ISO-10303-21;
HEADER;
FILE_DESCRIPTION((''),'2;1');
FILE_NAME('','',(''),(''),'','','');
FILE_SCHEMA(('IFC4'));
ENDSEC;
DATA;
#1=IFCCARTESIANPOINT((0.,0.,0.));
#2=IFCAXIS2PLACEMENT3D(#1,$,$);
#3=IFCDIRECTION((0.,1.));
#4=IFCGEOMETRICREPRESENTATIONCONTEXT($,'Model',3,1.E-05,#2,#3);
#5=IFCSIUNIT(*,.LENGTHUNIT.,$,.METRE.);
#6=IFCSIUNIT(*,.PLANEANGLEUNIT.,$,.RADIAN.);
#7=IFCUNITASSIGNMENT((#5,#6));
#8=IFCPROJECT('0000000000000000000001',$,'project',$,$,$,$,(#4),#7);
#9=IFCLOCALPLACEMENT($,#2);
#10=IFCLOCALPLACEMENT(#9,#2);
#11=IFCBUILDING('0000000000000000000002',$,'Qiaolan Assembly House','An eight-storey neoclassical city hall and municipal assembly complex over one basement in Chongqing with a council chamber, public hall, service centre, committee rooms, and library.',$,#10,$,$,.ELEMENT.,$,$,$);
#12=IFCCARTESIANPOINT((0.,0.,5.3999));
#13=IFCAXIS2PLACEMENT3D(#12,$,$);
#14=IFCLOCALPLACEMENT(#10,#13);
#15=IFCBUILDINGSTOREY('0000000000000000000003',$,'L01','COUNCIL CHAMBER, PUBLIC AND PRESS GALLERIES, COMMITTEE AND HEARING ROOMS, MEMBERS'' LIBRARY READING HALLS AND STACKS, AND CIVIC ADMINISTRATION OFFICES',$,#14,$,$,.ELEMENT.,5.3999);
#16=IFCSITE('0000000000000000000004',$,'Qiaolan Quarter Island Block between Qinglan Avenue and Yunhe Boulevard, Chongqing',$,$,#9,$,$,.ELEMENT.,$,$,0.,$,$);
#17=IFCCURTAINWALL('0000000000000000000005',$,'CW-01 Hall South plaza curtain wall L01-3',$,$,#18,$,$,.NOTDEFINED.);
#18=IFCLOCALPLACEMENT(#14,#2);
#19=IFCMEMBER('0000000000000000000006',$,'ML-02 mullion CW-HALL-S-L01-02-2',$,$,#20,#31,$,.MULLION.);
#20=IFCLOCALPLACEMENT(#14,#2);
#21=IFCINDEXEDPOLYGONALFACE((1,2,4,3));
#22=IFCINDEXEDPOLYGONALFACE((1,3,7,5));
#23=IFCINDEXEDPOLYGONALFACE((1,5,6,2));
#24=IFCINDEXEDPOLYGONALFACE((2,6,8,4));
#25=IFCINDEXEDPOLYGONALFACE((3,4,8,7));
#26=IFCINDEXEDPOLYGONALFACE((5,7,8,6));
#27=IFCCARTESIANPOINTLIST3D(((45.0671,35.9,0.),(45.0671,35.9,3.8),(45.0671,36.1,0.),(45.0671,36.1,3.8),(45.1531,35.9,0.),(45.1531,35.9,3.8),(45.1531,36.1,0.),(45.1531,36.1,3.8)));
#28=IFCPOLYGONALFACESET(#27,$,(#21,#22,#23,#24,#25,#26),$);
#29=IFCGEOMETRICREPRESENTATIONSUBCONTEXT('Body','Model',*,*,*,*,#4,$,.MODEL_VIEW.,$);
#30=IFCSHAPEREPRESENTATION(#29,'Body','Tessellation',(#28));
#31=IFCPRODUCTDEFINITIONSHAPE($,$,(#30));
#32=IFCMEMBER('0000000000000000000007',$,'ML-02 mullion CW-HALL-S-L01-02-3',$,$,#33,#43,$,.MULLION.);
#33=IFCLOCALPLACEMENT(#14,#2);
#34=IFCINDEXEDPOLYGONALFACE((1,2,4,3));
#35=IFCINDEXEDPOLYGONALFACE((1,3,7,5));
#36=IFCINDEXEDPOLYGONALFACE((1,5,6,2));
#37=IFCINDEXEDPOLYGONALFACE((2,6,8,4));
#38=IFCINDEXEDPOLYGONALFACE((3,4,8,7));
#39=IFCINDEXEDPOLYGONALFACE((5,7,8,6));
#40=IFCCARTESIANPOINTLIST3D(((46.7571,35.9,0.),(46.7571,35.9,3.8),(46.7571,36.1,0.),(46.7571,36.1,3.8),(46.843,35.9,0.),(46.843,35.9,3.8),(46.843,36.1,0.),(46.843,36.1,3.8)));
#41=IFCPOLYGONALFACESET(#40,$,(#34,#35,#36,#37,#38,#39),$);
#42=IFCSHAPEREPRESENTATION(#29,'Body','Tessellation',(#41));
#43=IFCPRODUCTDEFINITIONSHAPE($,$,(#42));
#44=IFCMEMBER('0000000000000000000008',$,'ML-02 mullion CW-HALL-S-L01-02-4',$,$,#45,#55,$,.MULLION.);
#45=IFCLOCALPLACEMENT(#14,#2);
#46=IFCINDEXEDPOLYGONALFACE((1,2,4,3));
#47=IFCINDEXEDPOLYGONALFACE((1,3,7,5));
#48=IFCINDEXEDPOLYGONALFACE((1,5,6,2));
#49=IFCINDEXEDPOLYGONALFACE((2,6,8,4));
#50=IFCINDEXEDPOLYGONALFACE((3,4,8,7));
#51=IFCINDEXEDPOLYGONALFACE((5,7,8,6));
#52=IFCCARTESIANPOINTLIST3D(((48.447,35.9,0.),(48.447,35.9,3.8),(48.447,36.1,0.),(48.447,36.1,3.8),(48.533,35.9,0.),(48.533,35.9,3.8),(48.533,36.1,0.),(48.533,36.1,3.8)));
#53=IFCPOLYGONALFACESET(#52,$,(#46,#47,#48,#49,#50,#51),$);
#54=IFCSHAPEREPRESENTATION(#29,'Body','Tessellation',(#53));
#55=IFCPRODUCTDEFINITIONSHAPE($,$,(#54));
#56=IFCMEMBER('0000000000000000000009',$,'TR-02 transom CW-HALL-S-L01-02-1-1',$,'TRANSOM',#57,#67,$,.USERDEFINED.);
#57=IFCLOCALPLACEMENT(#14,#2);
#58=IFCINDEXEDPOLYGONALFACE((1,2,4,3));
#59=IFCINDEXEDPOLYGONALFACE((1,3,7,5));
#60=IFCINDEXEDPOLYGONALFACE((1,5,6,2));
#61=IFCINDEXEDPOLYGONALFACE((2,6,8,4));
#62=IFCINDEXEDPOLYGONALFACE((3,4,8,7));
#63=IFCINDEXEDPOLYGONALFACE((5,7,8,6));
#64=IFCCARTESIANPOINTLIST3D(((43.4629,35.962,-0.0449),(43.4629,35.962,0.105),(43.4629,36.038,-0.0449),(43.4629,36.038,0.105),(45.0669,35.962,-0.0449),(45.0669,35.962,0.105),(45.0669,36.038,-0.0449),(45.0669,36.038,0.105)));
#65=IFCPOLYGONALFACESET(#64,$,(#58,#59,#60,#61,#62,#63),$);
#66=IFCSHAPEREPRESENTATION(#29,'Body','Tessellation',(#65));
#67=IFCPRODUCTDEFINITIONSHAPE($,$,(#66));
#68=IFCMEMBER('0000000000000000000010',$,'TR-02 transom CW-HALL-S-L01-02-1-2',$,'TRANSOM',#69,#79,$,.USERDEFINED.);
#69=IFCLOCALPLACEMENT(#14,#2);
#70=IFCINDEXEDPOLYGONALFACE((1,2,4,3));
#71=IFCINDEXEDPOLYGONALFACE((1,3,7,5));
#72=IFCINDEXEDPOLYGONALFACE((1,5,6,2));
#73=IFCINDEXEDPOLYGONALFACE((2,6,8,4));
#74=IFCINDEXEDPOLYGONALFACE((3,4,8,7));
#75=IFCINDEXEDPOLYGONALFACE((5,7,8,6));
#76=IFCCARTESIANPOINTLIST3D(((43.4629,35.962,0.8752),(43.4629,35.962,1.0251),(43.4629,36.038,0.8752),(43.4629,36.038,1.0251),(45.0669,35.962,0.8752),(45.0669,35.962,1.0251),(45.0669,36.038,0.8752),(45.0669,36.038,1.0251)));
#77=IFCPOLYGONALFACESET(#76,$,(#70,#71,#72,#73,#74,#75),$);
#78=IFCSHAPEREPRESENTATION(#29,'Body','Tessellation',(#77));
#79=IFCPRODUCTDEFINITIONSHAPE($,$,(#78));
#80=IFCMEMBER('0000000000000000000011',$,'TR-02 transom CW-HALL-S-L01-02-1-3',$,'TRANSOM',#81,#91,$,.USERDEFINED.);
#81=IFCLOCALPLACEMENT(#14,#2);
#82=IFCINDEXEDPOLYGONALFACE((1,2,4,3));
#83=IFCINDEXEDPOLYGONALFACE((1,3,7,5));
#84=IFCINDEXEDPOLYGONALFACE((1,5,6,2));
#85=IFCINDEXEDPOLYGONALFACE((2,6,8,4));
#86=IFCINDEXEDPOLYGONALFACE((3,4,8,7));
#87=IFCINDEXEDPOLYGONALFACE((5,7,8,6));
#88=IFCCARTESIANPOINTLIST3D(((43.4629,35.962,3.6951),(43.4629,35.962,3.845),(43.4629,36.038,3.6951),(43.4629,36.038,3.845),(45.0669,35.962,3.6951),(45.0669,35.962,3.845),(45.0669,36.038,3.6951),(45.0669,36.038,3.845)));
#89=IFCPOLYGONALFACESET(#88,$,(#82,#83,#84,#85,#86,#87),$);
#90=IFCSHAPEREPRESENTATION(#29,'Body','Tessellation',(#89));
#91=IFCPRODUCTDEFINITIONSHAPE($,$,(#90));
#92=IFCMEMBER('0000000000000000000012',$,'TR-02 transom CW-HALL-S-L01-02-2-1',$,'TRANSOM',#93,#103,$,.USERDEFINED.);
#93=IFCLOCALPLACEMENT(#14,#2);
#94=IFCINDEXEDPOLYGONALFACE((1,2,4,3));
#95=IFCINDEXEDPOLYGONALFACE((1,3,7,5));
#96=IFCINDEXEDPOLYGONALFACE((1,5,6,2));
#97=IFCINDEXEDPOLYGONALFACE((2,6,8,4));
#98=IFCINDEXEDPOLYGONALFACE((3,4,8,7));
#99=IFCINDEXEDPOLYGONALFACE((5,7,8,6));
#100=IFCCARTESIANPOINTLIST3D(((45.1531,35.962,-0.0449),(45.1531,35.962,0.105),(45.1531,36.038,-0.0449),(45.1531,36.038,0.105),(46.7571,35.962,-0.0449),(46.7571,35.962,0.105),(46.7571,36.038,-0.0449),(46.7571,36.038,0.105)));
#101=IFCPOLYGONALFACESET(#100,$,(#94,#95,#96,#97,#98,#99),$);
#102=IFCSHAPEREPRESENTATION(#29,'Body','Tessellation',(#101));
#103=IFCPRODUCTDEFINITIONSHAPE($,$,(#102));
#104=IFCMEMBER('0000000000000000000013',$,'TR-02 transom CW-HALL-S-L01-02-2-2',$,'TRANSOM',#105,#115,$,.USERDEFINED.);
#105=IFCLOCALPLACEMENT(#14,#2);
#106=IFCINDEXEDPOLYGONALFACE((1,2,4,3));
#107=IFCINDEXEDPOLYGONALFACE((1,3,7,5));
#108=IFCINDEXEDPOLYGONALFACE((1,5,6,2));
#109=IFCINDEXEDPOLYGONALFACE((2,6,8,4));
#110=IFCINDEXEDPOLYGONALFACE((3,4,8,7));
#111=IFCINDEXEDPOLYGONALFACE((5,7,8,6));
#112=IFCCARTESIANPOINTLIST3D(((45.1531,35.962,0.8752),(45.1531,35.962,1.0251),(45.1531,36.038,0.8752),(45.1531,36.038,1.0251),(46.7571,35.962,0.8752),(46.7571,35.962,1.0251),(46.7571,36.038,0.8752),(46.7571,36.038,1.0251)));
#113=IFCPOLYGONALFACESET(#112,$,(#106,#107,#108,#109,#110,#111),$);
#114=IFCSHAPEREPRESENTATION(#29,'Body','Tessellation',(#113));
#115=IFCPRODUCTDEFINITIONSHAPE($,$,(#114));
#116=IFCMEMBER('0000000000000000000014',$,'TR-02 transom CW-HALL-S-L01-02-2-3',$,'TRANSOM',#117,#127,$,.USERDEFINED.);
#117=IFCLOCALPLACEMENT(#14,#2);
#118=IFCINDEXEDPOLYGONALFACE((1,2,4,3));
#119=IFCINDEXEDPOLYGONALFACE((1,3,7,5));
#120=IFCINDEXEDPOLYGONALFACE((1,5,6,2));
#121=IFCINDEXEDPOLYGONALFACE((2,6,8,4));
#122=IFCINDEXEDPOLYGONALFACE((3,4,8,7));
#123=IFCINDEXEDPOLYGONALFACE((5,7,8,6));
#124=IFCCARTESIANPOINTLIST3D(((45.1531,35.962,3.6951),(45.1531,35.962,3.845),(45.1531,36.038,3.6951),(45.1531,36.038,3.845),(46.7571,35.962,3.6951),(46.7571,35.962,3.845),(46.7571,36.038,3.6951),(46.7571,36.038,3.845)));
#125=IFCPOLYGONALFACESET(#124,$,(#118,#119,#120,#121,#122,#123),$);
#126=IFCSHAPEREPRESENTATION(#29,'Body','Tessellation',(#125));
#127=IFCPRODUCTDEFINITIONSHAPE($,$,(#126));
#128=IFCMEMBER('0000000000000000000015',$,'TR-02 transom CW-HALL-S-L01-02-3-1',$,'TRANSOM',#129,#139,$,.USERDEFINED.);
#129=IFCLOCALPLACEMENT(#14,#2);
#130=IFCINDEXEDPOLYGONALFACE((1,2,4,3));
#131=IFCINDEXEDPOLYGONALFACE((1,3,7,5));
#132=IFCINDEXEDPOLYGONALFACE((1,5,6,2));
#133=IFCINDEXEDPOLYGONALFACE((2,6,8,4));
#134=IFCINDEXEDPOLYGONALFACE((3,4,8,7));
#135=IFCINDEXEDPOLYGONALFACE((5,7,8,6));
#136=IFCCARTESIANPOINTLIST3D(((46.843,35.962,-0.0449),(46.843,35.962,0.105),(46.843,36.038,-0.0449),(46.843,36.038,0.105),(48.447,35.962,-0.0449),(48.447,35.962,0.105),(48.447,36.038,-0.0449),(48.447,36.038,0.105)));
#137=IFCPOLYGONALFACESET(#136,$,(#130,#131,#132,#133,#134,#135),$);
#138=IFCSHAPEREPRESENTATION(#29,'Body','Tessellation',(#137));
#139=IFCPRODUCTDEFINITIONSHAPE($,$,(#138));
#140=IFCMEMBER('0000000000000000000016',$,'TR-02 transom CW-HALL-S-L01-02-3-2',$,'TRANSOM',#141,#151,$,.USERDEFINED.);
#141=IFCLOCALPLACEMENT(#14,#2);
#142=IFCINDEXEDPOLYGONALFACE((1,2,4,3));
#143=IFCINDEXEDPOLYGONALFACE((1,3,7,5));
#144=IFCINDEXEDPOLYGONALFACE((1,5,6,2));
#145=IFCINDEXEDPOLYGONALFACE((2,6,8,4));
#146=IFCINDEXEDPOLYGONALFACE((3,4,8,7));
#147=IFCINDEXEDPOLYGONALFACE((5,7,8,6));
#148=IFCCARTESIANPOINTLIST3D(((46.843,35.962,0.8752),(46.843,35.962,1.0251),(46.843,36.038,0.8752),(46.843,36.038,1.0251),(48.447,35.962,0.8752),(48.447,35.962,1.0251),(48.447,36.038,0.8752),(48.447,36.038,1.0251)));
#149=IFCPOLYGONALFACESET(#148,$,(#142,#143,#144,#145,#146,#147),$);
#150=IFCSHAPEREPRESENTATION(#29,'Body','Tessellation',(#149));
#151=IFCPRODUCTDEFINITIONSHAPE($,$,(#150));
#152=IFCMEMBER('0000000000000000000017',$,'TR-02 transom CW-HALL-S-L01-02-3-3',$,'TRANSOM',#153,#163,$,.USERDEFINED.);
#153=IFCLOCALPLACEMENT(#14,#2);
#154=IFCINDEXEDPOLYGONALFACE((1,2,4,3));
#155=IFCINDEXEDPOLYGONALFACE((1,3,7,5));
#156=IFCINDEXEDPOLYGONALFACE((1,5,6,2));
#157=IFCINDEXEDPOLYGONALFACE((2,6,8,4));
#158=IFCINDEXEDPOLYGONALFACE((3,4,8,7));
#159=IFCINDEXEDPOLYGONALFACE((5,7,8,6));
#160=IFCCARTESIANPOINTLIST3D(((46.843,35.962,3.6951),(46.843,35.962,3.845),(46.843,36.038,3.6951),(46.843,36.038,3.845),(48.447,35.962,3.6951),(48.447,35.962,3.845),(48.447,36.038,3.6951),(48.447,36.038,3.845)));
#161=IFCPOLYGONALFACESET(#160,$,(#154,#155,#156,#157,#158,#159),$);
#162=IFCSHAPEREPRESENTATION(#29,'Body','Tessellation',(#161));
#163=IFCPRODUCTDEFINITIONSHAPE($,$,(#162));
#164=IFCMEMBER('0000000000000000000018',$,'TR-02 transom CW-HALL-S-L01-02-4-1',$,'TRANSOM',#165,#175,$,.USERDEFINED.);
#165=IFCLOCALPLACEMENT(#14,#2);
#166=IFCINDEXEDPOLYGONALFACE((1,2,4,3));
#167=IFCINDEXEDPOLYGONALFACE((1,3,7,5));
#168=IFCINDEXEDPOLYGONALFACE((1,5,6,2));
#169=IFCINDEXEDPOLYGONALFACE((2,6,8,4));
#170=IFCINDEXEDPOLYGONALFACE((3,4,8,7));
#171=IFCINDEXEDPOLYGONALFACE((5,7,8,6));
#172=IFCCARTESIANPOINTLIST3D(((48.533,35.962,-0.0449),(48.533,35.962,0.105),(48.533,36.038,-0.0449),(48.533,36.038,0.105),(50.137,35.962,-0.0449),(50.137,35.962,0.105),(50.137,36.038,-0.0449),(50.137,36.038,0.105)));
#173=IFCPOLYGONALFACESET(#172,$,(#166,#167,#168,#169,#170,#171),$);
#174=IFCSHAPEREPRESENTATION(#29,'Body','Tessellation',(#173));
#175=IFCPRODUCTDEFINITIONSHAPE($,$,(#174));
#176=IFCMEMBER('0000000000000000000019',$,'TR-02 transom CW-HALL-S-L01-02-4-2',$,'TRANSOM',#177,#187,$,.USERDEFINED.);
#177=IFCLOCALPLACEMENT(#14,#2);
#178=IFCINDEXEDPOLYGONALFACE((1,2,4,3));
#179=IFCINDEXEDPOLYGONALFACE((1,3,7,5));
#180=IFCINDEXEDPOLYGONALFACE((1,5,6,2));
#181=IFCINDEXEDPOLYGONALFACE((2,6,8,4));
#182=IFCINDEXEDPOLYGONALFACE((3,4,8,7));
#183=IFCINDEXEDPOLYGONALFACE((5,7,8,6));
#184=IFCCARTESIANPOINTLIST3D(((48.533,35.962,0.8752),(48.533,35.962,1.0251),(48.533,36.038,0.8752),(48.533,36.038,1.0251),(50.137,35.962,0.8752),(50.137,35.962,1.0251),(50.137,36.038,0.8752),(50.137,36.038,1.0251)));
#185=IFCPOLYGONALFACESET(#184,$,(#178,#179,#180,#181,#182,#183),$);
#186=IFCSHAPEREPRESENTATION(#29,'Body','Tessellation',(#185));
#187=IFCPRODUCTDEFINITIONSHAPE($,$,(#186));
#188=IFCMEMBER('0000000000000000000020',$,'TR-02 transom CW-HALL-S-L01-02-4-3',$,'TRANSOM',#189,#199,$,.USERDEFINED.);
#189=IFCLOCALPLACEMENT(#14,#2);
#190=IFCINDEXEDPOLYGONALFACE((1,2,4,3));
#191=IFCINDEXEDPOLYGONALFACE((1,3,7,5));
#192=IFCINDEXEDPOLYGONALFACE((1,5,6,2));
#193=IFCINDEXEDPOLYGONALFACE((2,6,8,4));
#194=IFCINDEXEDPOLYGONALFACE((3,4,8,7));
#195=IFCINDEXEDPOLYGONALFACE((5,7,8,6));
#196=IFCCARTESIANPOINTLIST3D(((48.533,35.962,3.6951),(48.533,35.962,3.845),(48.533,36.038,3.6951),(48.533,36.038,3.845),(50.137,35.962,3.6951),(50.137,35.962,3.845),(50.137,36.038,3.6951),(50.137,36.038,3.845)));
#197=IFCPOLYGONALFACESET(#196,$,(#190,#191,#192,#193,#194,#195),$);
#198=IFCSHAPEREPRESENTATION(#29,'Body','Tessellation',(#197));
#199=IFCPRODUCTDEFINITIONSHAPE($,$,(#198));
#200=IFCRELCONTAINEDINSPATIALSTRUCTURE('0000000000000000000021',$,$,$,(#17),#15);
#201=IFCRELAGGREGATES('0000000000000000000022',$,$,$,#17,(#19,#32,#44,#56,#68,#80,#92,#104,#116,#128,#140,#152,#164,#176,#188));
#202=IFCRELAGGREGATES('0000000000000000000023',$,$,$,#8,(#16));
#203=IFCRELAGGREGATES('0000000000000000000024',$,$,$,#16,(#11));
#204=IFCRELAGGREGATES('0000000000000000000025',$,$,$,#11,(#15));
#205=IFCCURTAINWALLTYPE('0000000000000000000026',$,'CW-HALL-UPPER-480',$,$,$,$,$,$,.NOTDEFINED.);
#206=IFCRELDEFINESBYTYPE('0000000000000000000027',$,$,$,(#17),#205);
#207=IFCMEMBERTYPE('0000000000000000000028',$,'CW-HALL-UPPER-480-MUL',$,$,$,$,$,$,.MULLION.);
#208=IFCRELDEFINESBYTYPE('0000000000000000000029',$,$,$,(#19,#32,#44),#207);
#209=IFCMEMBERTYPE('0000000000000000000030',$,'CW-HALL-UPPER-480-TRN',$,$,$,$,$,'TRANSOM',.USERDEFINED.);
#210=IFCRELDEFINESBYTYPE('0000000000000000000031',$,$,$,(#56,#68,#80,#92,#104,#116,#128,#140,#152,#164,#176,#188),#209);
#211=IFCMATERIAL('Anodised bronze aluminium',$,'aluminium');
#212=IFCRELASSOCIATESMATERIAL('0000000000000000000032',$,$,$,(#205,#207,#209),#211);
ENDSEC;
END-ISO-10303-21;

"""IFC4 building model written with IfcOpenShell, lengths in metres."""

from ifc_helpers import new_model, si_unit, direction, frame, origin, origin_2d, place, context, subcontext, project, spatial, rectangle, extrude, material, material_profile, profile_set, type_object, element, aggregate, save


model = new_model("IFC4")

# Units and contexts
model_context = context("Model", 3, precision=1e-05, world=origin(), true_north=direction((0.0, 1.0)))
body_context = subcontext(model_context, "Body", "Model", "MODEL_VIEW")
ifc_project = project(units=[si_unit("LENGTHUNIT", "METRE"), si_unit("PLANEANGLEUNIT", "RADIAN")], contexts=[model_context])

# Site, building, storey
site_placement = place(None, origin())
site = spatial("IfcSite", under=ifc_project, at=site_placement, Name="Qiaolan Quarter Island Block between Qinglan Avenue and Yunhe Boulevard, Chongqing", CompositionType="ELEMENT", RefElevation=0.0)
building_placement = place(site_placement, origin())
building = spatial("IfcBuilding", under=site, at=building_placement, Name="Qiaolan Assembly House", Description="An eight-storey neoclassical city hall and municipal assembly complex over one basement in Chongqing with a council chamber, public hall, service centre, committee rooms, and library.", CompositionType="ELEMENT")
storey_placement = place(building_placement, frame((0.0, 0.0, 5.3999)))
storey = spatial("IfcBuildingStorey", under=building, at=storey_placement, Name="L01", Description="COUNCIL CHAMBER, PUBLIC AND PRESS GALLERIES, COMMITTEE AND HEARING ROOMS, MEMBERS' LIBRARY READING HALLS AND STACKS, AND CIVIC ADMINISTRATION OFFICES", CompositionType="ELEMENT", Elevation=5.3999)

# Curtain wall, members
ifc_material_1 = material(Name="Anodised bronze aluminium", Category="aluminium")
curtain_wall_type = type_object("IfcCurtainWallType", Name="CW-HALL-UPPER-480", PredefinedType="NOTDEFINED", material=ifc_material_1)
curtain_wall_placement = place(storey_placement, origin())
curtain_wall = element("IfcCurtainWall", 1, at=curtain_wall_placement, inside=storey, type_object=curtain_wall_type, Name="CW-01 Hall South plaza curtain wall L01-3", PredefinedType="NOTDEFINED")
ifc_material_profile_1 = material_profile(ifc_material_1, rectangle(XDim=0.0859, YDim=0.2, at=origin_2d()), Name="MUL 86x200")
ifc_profile_set_1 = profile_set([ifc_material_profile_1], Name="Anodised bronze aluminium")
member_type_1 = type_object("IfcMemberType", Name="CW-HALL-UPPER-480-MUL", PredefinedType="MULLION", material=ifc_profile_set_1)
member_1_placement = place(storey_placement, frame((45.1101, 36.0, 0.0), z_axis=(0.0, 0.0, 1.0), x_axis=(1.0, 0.0, 0.0)))
member_1 = element("IfcMember", 2, at=member_1_placement, type_object=member_type_1, Name="ML-02 mullion CW-HALL-S-L01-02-2", PredefinedType="MULLION", context=body_context, shape_type="SweptSolid", body=[
    extrude(rectangle(XDim=0.0859, YDim=0.2, at=origin_2d()), origin(), (0.0, 0.0, 1.0), 3.8),
])
member_2_placement = place(storey_placement, frame((46.8, 36.0, 0.0), z_axis=(0.0, 0.0, 1.0), x_axis=(1.0, 0.0, 0.0)))
member_2 = element("IfcMember", 3, at=member_2_placement, type_object=member_type_1, Name="ML-02 mullion CW-HALL-S-L01-02-3", PredefinedType="MULLION", context=body_context, shape_type="SweptSolid", body=[
    extrude(rectangle(XDim=0.0859, YDim=0.2, at=origin_2d()), origin(), (0.0, 0.0, 1.0), 3.8),
])
member_3_placement = place(storey_placement, frame((48.49, 36.0, 0.0), z_axis=(0.0, 0.0, 1.0), x_axis=(1.0, 0.0, 0.0)))
member_3 = element("IfcMember", 4, at=member_3_placement, type_object=member_type_1, Name="ML-02 mullion CW-HALL-S-L01-02-4", PredefinedType="MULLION", context=body_context, shape_type="SweptSolid", body=[
    extrude(rectangle(XDim=0.0859, YDim=0.2, at=origin_2d()), origin(), (0.0, 0.0, 1.0), 3.8),
])
ifc_material_profile_2 = material_profile(ifc_material_1, rectangle(XDim=0.0759, YDim=0.1499, at=origin_2d()), Name="TRN 76x150")
ifc_profile_set_2 = profile_set([ifc_material_profile_2], Name="Anodised bronze aluminium")
member_type_2 = type_object("IfcMemberType", Name="CW-HALL-UPPER-480-TRN", ElementType="TRANSOM", PredefinedType="USERDEFINED", material=ifc_profile_set_2)
member_4_placement = place(storey_placement, frame((43.4629, 36.0, 0.03), z_axis=(1.0, 0.0, 0.0), x_axis=(0.0, 1.0, 0.0)))
member_4 = element("IfcMember", 5, at=member_4_placement, type_object=member_type_2, Name="TR-02 transom CW-HALL-S-L01-02-1-1", ObjectType="TRANSOM", PredefinedType="USERDEFINED", context=body_context, shape_type="SweptSolid", body=[
    extrude(rectangle(XDim=0.0759, YDim=0.1499, at=origin_2d()), origin(), (0.0, 0.0, 1.0), 1.604),
])
member_5_placement = place(storey_placement, frame((43.4629, 36.0, 0.9502), z_axis=(1.0, 0.0, 0.0), x_axis=(0.0, 1.0, 0.0)))
member_5 = element("IfcMember", 6, at=member_5_placement, type_object=member_type_2, Name="TR-02 transom CW-HALL-S-L01-02-1-2", ObjectType="TRANSOM", PredefinedType="USERDEFINED", context=body_context, shape_type="SweptSolid", body=[
    extrude(rectangle(XDim=0.0759, YDim=0.1499, at=origin_2d()), origin(), (0.0, 0.0, 1.0), 1.604),
])
member_6_placement = place(storey_placement, frame((43.4629, 36.0, 3.77), z_axis=(1.0, 0.0, 0.0), x_axis=(0.0, 1.0, 0.0)))
member_6 = element("IfcMember", 7, at=member_6_placement, type_object=member_type_2, Name="TR-02 transom CW-HALL-S-L01-02-1-3", ObjectType="TRANSOM", PredefinedType="USERDEFINED", context=body_context, shape_type="SweptSolid", body=[
    extrude(rectangle(XDim=0.0759, YDim=0.1499, at=origin_2d()), origin(), (0.0, 0.0, 1.0), 1.604),
])
member_7_placement = place(storey_placement, frame((45.1531, 36.0, 0.03), z_axis=(1.0, 0.0, 0.0), x_axis=(0.0, 1.0, 0.0)))
member_7 = element("IfcMember", 8, at=member_7_placement, type_object=member_type_2, Name="TR-02 transom CW-HALL-S-L01-02-2-1", ObjectType="TRANSOM", PredefinedType="USERDEFINED", context=body_context, shape_type="SweptSolid", body=[
    extrude(rectangle(XDim=0.0759, YDim=0.1499, at=origin_2d()), origin(), (0.0, 0.0, 1.0), 1.604),
])
member_8_placement = place(storey_placement, frame((45.1531, 36.0, 0.9502), z_axis=(1.0, 0.0, 0.0), x_axis=(0.0, 1.0, 0.0)))
member_8 = element("IfcMember", 9, at=member_8_placement, type_object=member_type_2, Name="TR-02 transom CW-HALL-S-L01-02-2-2", ObjectType="TRANSOM", PredefinedType="USERDEFINED", context=body_context, shape_type="SweptSolid", body=[
    extrude(rectangle(XDim=0.0759, YDim=0.1499, at=origin_2d()), origin(), (0.0, 0.0, 1.0), 1.604),
])
member_9_placement = place(storey_placement, frame((45.1531, 36.0, 3.77), z_axis=(1.0, 0.0, 0.0), x_axis=(0.0, 1.0, 0.0)))
member_9 = element("IfcMember", 10, at=member_9_placement, type_object=member_type_2, Name="TR-02 transom CW-HALL-S-L01-02-2-3", ObjectType="TRANSOM", PredefinedType="USERDEFINED", context=body_context, shape_type="SweptSolid", body=[
    extrude(rectangle(XDim=0.0759, YDim=0.1499, at=origin_2d()), origin(), (0.0, 0.0, 1.0), 1.604),
])
member_10_placement = place(storey_placement, frame((46.843, 36.0, 0.03), z_axis=(1.0, 0.0, 0.0), x_axis=(0.0, 1.0, 0.0)))
member_10 = element("IfcMember", 11, at=member_10_placement, type_object=member_type_2, Name="TR-02 transom CW-HALL-S-L01-02-3-1", ObjectType="TRANSOM", PredefinedType="USERDEFINED", context=body_context, shape_type="SweptSolid", body=[
    extrude(rectangle(XDim=0.0759, YDim=0.1499, at=origin_2d()), origin(), (0.0, 0.0, 1.0), 1.604),
])
member_11_placement = place(storey_placement, frame((46.843, 36.0, 0.9502), z_axis=(1.0, 0.0, 0.0), x_axis=(0.0, 1.0, 0.0)))
member_11 = element("IfcMember", 12, at=member_11_placement, type_object=member_type_2, Name="TR-02 transom CW-HALL-S-L01-02-3-2", ObjectType="TRANSOM", PredefinedType="USERDEFINED", context=body_context, shape_type="SweptSolid", body=[
    extrude(rectangle(XDim=0.0759, YDim=0.1499, at=origin_2d()), origin(), (0.0, 0.0, 1.0), 1.604),
])
member_12_placement = place(storey_placement, frame((46.843, 36.0, 3.77), z_axis=(1.0, 0.0, 0.0), x_axis=(0.0, 1.0, 0.0)))
member_12 = element("IfcMember", 13, at=member_12_placement, type_object=member_type_2, Name="TR-02 transom CW-HALL-S-L01-02-3-3", ObjectType="TRANSOM", PredefinedType="USERDEFINED", context=body_context, shape_type="SweptSolid", body=[
    extrude(rectangle(XDim=0.0759, YDim=0.1499, at=origin_2d()), origin(), (0.0, 0.0, 1.0), 1.604),
])
member_13_placement = place(storey_placement, frame((48.533, 36.0, 0.03), z_axis=(1.0, 0.0, 0.0), x_axis=(0.0, 1.0, 0.0)))
member_13 = element("IfcMember", 14, at=member_13_placement, type_object=member_type_2, Name="TR-02 transom CW-HALL-S-L01-02-4-1", ObjectType="TRANSOM", PredefinedType="USERDEFINED", context=body_context, shape_type="SweptSolid", body=[
    extrude(rectangle(XDim=0.0759, YDim=0.1499, at=origin_2d()), origin(), (0.0, 0.0, 1.0), 1.604),
])
member_14_placement = place(storey_placement, frame((48.533, 36.0, 0.9502), z_axis=(1.0, 0.0, 0.0), x_axis=(0.0, 1.0, 0.0)))
member_14 = element("IfcMember", 15, at=member_14_placement, type_object=member_type_2, Name="TR-02 transom CW-HALL-S-L01-02-4-2", ObjectType="TRANSOM", PredefinedType="USERDEFINED", context=body_context, shape_type="SweptSolid", body=[
    extrude(rectangle(XDim=0.0759, YDim=0.1499, at=origin_2d()), origin(), (0.0, 0.0, 1.0), 1.604),
])
member_15_placement = place(storey_placement, frame((48.533, 36.0, 3.77), z_axis=(1.0, 0.0, 0.0), x_axis=(0.0, 1.0, 0.0)))
member_15 = element("IfcMember", 16, at=member_15_placement, type_object=member_type_2, Name="TR-02 transom CW-HALL-S-L01-02-4-3", ObjectType="TRANSOM", PredefinedType="USERDEFINED", context=body_context, shape_type="SweptSolid", body=[
    extrude(rectangle(XDim=0.0759, YDim=0.1499, at=origin_2d()), origin(), (0.0, 0.0, 1.0), 1.604),
])
aggregate(curtain_wall, [member_1, member_2, member_3, member_4, member_5, member_6, member_7, member_8, member_9, member_10, member_11, member_12, member_13, member_14, member_15])

save(model, "model.ifc")
